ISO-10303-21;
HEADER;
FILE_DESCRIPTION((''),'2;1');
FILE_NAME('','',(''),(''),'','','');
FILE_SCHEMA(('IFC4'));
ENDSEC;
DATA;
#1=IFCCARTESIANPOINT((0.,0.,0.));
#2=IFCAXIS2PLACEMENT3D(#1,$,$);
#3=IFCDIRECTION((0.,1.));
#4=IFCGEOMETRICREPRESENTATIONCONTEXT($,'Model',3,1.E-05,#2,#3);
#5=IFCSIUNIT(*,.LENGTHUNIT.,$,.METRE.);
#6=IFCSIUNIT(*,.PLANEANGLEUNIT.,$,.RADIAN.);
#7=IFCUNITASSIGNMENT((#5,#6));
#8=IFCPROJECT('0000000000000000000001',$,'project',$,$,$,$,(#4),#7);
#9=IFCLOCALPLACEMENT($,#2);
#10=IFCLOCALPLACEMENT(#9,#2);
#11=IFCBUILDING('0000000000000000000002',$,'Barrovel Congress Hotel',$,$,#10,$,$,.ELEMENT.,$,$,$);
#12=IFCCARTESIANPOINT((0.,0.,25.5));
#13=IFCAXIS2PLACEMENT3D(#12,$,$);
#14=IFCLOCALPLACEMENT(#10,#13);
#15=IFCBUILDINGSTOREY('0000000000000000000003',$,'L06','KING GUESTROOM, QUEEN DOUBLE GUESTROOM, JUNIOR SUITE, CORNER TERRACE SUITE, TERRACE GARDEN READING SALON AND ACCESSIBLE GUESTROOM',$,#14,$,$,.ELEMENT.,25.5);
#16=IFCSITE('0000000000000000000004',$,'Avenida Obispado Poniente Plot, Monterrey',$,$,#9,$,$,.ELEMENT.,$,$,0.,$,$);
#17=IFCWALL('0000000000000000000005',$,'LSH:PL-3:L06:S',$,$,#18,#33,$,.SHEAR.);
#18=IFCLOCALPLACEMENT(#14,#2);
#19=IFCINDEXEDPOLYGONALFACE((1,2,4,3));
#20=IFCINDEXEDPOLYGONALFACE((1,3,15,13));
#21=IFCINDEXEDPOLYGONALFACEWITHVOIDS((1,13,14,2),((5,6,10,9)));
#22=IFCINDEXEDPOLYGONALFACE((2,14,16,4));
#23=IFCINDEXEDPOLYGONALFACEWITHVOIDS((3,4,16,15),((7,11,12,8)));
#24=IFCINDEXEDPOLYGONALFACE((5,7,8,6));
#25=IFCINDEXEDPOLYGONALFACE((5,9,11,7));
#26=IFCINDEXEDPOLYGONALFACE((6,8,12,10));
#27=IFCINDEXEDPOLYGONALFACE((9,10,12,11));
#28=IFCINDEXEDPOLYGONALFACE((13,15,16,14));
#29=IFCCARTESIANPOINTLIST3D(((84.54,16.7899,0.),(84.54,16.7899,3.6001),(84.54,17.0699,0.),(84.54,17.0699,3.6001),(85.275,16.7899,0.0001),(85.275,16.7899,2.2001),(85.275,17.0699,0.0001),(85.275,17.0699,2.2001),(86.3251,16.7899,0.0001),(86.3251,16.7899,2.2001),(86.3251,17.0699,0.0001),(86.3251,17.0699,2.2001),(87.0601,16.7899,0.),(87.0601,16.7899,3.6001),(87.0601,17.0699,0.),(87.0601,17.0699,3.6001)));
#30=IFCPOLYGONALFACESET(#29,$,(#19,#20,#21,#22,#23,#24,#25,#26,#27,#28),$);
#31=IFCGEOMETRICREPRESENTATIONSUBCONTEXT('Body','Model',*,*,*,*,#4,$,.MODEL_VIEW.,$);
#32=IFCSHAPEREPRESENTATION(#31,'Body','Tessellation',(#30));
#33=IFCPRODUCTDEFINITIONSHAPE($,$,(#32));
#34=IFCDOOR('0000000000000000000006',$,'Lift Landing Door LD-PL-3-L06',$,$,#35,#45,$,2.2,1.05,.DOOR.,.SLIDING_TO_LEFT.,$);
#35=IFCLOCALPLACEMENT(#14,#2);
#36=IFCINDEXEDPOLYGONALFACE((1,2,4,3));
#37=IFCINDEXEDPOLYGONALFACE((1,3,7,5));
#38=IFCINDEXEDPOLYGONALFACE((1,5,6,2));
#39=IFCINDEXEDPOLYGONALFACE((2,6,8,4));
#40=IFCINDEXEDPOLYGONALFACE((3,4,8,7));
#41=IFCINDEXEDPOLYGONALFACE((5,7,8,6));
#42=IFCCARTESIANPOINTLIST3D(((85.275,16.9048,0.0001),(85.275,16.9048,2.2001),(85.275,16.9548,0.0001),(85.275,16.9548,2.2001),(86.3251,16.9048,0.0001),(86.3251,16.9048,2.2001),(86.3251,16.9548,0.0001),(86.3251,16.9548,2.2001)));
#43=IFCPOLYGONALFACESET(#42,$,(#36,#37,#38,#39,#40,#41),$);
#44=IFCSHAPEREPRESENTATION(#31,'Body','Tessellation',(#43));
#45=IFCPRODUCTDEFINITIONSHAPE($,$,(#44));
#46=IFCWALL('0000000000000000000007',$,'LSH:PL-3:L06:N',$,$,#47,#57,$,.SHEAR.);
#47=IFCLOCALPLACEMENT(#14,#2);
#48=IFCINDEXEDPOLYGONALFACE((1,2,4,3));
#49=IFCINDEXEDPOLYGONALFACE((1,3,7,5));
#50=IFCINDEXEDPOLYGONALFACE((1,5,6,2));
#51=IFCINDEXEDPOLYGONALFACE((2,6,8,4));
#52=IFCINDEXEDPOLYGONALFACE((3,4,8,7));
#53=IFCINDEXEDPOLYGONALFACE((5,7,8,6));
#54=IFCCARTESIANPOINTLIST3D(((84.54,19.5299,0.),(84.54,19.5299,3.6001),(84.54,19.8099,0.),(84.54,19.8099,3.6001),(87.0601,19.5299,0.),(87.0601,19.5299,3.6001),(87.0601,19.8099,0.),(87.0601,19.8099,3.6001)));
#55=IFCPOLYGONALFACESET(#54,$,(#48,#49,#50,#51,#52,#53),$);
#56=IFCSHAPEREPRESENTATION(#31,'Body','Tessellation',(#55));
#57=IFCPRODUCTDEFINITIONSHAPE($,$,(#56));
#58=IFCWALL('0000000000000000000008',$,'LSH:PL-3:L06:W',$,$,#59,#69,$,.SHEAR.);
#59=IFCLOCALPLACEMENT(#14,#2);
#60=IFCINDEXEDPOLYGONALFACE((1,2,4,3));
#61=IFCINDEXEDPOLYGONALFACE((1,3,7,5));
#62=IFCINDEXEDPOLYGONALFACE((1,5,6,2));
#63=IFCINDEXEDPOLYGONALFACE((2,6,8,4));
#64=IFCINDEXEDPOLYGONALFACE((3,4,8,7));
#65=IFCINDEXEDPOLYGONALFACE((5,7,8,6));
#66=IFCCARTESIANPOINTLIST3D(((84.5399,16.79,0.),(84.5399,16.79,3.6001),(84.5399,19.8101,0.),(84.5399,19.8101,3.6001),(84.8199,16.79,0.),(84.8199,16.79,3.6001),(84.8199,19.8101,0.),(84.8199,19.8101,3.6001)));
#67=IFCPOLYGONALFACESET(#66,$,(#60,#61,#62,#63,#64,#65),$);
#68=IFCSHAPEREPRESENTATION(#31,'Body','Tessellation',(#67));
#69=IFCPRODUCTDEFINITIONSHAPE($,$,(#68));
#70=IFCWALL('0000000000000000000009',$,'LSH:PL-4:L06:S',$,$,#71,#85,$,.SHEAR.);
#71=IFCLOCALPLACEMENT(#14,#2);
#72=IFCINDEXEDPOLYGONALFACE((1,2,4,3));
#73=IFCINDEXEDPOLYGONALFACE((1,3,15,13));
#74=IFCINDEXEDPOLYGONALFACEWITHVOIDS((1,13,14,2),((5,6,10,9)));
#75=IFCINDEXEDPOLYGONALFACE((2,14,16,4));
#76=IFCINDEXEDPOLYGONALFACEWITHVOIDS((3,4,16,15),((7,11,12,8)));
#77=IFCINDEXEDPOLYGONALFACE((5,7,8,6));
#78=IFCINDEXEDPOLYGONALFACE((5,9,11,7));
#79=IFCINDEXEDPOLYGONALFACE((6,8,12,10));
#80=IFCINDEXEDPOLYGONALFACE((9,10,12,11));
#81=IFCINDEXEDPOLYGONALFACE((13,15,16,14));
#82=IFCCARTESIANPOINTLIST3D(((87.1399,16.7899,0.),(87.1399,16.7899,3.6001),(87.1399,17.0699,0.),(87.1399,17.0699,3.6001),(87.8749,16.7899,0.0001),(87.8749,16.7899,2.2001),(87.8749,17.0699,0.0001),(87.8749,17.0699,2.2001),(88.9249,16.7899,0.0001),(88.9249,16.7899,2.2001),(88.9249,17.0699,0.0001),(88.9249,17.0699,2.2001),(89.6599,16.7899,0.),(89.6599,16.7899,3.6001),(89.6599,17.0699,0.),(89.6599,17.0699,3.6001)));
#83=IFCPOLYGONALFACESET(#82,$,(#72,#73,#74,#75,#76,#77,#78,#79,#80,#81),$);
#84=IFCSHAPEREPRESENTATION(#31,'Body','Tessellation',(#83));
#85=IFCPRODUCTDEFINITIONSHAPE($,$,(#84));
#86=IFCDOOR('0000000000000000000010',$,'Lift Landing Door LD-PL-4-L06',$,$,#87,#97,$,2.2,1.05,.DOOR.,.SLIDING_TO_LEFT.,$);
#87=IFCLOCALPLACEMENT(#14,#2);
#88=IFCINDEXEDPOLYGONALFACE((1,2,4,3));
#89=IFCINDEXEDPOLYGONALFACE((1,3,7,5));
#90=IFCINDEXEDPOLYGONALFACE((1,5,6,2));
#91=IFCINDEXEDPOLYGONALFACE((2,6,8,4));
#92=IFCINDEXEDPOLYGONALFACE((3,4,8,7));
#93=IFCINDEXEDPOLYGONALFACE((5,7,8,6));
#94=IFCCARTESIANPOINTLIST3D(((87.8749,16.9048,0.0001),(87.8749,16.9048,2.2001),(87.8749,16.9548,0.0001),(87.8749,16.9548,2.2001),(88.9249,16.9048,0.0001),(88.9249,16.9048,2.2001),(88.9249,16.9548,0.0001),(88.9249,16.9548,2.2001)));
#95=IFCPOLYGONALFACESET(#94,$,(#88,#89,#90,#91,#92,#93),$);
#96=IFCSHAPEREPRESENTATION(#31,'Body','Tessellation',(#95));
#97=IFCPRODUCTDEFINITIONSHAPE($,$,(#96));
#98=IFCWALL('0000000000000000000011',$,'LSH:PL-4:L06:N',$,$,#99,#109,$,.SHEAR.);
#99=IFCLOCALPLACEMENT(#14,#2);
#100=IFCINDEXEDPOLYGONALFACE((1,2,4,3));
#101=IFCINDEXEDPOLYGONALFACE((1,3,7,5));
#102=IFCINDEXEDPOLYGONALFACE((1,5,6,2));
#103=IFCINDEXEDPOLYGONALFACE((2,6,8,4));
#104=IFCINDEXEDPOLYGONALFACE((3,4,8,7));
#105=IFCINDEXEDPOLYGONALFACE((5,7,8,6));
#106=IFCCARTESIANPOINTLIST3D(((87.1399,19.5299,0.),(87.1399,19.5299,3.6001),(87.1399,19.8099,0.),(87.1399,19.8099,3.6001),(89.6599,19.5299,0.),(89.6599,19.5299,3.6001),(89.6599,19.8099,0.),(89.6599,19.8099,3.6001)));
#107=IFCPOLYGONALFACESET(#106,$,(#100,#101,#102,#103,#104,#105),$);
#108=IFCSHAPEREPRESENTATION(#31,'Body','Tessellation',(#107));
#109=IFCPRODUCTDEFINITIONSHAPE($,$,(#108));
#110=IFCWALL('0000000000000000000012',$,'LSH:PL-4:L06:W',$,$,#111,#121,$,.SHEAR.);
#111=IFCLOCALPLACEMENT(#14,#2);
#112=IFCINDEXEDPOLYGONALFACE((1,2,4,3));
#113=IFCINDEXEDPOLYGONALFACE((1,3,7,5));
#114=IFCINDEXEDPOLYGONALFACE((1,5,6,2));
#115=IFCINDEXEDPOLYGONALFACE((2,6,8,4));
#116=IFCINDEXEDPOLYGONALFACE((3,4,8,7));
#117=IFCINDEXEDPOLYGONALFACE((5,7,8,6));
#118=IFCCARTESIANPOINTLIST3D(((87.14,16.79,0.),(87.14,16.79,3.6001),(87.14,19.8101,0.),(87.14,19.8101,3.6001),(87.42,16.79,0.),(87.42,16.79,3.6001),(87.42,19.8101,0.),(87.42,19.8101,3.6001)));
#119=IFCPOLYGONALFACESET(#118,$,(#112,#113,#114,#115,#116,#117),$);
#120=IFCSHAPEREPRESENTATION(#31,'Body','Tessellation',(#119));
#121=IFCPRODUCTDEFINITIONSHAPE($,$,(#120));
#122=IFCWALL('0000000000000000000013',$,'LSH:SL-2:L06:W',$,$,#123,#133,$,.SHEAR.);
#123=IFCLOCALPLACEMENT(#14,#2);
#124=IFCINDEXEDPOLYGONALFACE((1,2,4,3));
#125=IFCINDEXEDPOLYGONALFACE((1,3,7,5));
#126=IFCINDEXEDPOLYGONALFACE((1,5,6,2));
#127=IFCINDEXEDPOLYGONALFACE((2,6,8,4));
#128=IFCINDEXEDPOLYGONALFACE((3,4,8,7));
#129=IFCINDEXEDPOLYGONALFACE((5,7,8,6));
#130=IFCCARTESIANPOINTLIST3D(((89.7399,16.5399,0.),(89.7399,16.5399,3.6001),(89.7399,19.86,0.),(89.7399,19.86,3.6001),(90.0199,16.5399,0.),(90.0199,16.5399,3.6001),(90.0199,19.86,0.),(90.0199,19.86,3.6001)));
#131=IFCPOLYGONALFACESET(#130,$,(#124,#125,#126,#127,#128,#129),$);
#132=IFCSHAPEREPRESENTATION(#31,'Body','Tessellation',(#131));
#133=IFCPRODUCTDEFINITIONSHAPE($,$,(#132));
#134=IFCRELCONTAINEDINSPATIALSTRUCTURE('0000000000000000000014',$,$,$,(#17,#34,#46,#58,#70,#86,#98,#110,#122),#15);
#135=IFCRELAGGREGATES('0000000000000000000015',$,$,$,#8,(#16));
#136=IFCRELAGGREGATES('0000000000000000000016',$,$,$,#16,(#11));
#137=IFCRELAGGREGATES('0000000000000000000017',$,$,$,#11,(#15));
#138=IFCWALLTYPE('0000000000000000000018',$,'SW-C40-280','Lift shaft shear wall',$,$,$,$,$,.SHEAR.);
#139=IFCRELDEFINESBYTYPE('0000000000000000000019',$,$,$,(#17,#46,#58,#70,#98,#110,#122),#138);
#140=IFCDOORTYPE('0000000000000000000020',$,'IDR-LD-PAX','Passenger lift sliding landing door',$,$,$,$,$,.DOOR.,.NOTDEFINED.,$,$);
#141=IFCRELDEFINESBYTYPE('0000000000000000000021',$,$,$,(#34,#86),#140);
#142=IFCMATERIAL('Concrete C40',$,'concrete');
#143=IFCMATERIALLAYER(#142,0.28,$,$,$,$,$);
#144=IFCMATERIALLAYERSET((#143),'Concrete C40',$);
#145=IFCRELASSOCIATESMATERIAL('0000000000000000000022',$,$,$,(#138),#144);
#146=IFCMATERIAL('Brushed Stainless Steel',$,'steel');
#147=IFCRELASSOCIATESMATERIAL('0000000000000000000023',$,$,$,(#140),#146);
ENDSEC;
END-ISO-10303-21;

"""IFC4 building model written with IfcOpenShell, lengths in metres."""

from ifc_helpers import new_model, si_unit, direction, frame, frame_2d, origin, place, context, subcontext, project, spatial, rectangle, extrude, material, layer, layer_set, type_object, element, fill, save


model = new_model("IFC4")

# Units and contexts
model_context = context("Model", 3, precision=1e-05, world=origin(), true_north=direction((0.0, 1.0)))
body_context = subcontext(model_context, "Body", "Model", "MODEL_VIEW")
ifc_project = project(units=[si_unit("LENGTHUNIT", "METRE"), si_unit("PLANEANGLEUNIT", "RADIAN")], contexts=[model_context])

# Site, building, storey
site_placement = place(None, origin())
site = spatial("IfcSite", under=ifc_project, at=site_placement, Name="Avenida Obispado Poniente Plot, Monterrey", CompositionType="ELEMENT", RefElevation=0.0)
building_placement = place(site_placement, origin())
building = spatial("IfcBuilding", under=site, at=building_placement, Name="Barrovel Congress Hotel", CompositionType="ELEMENT")
storey_placement = place(building_placement, frame((0.0, 0.0, 25.5)))
storey = spatial("IfcBuildingStorey", under=building, at=storey_placement, Name="L06", Description="KING GUESTROOM, QUEEN DOUBLE GUESTROOM, JUNIOR SUITE, CORNER TERRACE SUITE, TERRACE GARDEN READING SALON AND ACCESSIBLE GUESTROOM", CompositionType="ELEMENT", Elevation=25.5)

# Shared definitions
ifc_material_1 = material(Name="Concrete C40", Category="concrete")

# Wall, opening, door
ifc_layer_1 = layer(ifc_material_1, 0.28)
ifc_layer_set_1 = layer_set([ifc_layer_1], Name="Concrete C40")
wall_type = type_object("IfcWallType", Name="SW-C40-280", Description="Lift shaft shear wall", PredefinedType="SHEAR", material=ifc_layer_set_1)
wall_1_placement = place(storey_placement, frame((84.54, 16.9299, 0.0), z_axis=(0.0, 0.0, 1.0), x_axis=(1.0, 0.0, 0.0)))
wall_1 = element("IfcWall", 1, at=wall_1_placement, inside=storey, type_object=wall_type, Name="LSH:PL-3:L06:S", PredefinedType="SHEAR", context=body_context, shape_type="SweptSolid", body=[
    extrude(rectangle(XDim=2.52, YDim=0.28, at=frame_2d((1.26, 0.0))), origin(), (0.0, 0.0, 1.0), 3.6001),
])
opening_1_placement = place(wall_1_placement, frame((0.7351, 0.0, 0.0)))
opening_1 = element("IfcOpeningElement", 2, at=opening_1_placement, cuts=wall_1, PredefinedType="OPENING", context=body_context, shape_type="SweptSolid", body=[
    extrude(rectangle(XDim=1.05, YDim=2.2, at=frame_2d((0.5249, 1.1001))), frame((0.0, 0.1499, 0.0), z_axis=(0.0, -1.0, 0.0), x_axis=(1.0, 0.0, 0.0)), (0.0, 0.0, 1.0), 0.3),
])
ifc_material_2 = material(Name="Brushed Stainless Steel", Category="steel")
door_type = type_object("IfcDoorType", Name="IDR-LD-PAX", Description="Passenger lift sliding landing door", OperationType="NOTDEFINED", PredefinedType="DOOR", material=ifc_material_2)
door_1_placement = place(opening_1_placement, origin())
door_1 = element("IfcDoor", 3, at=door_1_placement, inside=storey, type_object=door_type, Name="Lift Landing Door LD-PL-3-L06", OperationType="SLIDING_TO_LEFT", OverallHeight=2.2, OverallWidth=1.05, PredefinedType="DOOR", context=body_context, shape_type="SweptSolid", body=[
    extrude(rectangle(XDim=1.05, YDim=2.2, at=frame_2d((0.5249, 1.1001))), frame((0.0, 0.0249, 0.0), z_axis=(0.0, -1.0, 0.0), x_axis=(1.0, 0.0, 0.0)), (0.0, 0.0, 1.0), 0.05),
])
fill(opening_1, door_1)

# Walls
wall_2_placement = place(storey_placement, frame((87.0601, 19.6699, 0.0), z_axis=(0.0, 0.0, 1.0), x_axis=(-1.0, 0.0, 0.0)))
element("IfcWall", 4, at=wall_2_placement, inside=storey, type_object=wall_type, Name="LSH:PL-3:L06:N", PredefinedType="SHEAR", context=body_context, shape_type="SweptSolid", body=[
    extrude(rectangle(XDim=2.52, YDim=0.28, at=frame_2d((1.26, 0.0))), origin(), (0.0, 0.0, 1.0), 3.6001),
])
wall_3_placement = place(storey_placement, frame((84.6799, 19.8101, 0.0), z_axis=(0.0, 0.0, 1.0), x_axis=(0.0, -1.0, 0.0)))
element("IfcWall", 5, at=wall_3_placement, inside=storey, type_object=wall_type, Name="LSH:PL-3:L06:W", PredefinedType="SHEAR", context=body_context, shape_type="SweptSolid", body=[
    extrude(rectangle(XDim=3.02, YDim=0.28, at=frame_2d((1.51, 0.0))), origin(), (0.0, 0.0, 1.0), 3.6001),
])

# Wall, opening, door
wall_4_placement = place(storey_placement, frame((87.1399, 16.9299, 0.0), z_axis=(0.0, 0.0, 1.0), x_axis=(1.0, 0.0, 0.0)))
wall_4 = element("IfcWall", 6, at=wall_4_placement, inside=storey, type_object=wall_type, Name="LSH:PL-4:L06:S", PredefinedType="SHEAR", context=body_context, shape_type="SweptSolid", body=[
    extrude(rectangle(XDim=2.52, YDim=0.28, at=frame_2d((1.26, 0.0))), origin(), (0.0, 0.0, 1.0), 3.6001),
])
opening_2_placement = place(wall_4_placement, frame((0.7351, 0.0, 0.0)))
opening_2 = element("IfcOpeningElement", 7, at=opening_2_placement, cuts=wall_4, PredefinedType="OPENING", context=body_context, shape_type="SweptSolid", body=[
    extrude(rectangle(XDim=1.05, YDim=2.2, at=frame_2d((0.5249, 1.1001))), frame((0.0, 0.1499, 0.0), z_axis=(0.0, -1.0, 0.0), x_axis=(1.0, 0.0, 0.0)), (0.0, 0.0, 1.0), 0.3),
])
door_2_placement = place(opening_2_placement, origin())
door_2 = element("IfcDoor", 8, at=door_2_placement, inside=storey, type_object=door_type, Name="Lift Landing Door LD-PL-4-L06", OperationType="SLIDING_TO_LEFT", OverallHeight=2.2, OverallWidth=1.05, PredefinedType="DOOR", context=body_context, shape_type="SweptSolid", body=[
    extrude(rectangle(XDim=1.05, YDim=2.2, at=frame_2d((0.5249, 1.1001))), frame((0.0, 0.0249, 0.0), z_axis=(0.0, -1.0, 0.0), x_axis=(1.0, 0.0, 0.0)), (0.0, 0.0, 1.0), 0.05),
])
fill(opening_2, door_2)

# Walls
wall_5_placement = place(storey_placement, frame((89.6599, 19.6699, 0.0), z_axis=(0.0, 0.0, 1.0), x_axis=(-1.0, 0.0, 0.0)))
element("IfcWall", 9, at=wall_5_placement, inside=storey, type_object=wall_type, Name="LSH:PL-4:L06:N", PredefinedType="SHEAR", context=body_context, shape_type="SweptSolid", body=[
    extrude(rectangle(XDim=2.52, YDim=0.28, at=frame_2d((1.26, 0.0))), origin(), (0.0, 0.0, 1.0), 3.6001),
])
wall_6_placement = place(storey_placement, frame((87.28, 19.8101, 0.0), z_axis=(0.0, 0.0, 1.0), x_axis=(0.0, -1.0, 0.0)))
element("IfcWall", 10, at=wall_6_placement, inside=storey, type_object=wall_type, Name="LSH:PL-4:L06:W", PredefinedType="SHEAR", context=body_context, shape_type="SweptSolid", body=[
    extrude(rectangle(XDim=3.02, YDim=0.28, at=frame_2d((1.51, 0.0))), origin(), (0.0, 0.0, 1.0), 3.6001),
])
wall_7_placement = place(storey_placement, frame((89.8799, 19.8601, 0.0), z_axis=(0.0, 0.0, 1.0), x_axis=(0.0, -1.0, 0.0)))
element("IfcWall", 11, at=wall_7_placement, inside=storey, type_object=wall_type, Name="LSH:SL-2:L06:W", PredefinedType="SHEAR", context=body_context, shape_type="SweptSolid", body=[
    extrude(rectangle(XDim=3.3201, YDim=0.28, at=frame_2d((1.6602, 0.0))), origin(), (0.0, 0.0, 1.0), 3.6001),
])

save(model, "model.ifc")
